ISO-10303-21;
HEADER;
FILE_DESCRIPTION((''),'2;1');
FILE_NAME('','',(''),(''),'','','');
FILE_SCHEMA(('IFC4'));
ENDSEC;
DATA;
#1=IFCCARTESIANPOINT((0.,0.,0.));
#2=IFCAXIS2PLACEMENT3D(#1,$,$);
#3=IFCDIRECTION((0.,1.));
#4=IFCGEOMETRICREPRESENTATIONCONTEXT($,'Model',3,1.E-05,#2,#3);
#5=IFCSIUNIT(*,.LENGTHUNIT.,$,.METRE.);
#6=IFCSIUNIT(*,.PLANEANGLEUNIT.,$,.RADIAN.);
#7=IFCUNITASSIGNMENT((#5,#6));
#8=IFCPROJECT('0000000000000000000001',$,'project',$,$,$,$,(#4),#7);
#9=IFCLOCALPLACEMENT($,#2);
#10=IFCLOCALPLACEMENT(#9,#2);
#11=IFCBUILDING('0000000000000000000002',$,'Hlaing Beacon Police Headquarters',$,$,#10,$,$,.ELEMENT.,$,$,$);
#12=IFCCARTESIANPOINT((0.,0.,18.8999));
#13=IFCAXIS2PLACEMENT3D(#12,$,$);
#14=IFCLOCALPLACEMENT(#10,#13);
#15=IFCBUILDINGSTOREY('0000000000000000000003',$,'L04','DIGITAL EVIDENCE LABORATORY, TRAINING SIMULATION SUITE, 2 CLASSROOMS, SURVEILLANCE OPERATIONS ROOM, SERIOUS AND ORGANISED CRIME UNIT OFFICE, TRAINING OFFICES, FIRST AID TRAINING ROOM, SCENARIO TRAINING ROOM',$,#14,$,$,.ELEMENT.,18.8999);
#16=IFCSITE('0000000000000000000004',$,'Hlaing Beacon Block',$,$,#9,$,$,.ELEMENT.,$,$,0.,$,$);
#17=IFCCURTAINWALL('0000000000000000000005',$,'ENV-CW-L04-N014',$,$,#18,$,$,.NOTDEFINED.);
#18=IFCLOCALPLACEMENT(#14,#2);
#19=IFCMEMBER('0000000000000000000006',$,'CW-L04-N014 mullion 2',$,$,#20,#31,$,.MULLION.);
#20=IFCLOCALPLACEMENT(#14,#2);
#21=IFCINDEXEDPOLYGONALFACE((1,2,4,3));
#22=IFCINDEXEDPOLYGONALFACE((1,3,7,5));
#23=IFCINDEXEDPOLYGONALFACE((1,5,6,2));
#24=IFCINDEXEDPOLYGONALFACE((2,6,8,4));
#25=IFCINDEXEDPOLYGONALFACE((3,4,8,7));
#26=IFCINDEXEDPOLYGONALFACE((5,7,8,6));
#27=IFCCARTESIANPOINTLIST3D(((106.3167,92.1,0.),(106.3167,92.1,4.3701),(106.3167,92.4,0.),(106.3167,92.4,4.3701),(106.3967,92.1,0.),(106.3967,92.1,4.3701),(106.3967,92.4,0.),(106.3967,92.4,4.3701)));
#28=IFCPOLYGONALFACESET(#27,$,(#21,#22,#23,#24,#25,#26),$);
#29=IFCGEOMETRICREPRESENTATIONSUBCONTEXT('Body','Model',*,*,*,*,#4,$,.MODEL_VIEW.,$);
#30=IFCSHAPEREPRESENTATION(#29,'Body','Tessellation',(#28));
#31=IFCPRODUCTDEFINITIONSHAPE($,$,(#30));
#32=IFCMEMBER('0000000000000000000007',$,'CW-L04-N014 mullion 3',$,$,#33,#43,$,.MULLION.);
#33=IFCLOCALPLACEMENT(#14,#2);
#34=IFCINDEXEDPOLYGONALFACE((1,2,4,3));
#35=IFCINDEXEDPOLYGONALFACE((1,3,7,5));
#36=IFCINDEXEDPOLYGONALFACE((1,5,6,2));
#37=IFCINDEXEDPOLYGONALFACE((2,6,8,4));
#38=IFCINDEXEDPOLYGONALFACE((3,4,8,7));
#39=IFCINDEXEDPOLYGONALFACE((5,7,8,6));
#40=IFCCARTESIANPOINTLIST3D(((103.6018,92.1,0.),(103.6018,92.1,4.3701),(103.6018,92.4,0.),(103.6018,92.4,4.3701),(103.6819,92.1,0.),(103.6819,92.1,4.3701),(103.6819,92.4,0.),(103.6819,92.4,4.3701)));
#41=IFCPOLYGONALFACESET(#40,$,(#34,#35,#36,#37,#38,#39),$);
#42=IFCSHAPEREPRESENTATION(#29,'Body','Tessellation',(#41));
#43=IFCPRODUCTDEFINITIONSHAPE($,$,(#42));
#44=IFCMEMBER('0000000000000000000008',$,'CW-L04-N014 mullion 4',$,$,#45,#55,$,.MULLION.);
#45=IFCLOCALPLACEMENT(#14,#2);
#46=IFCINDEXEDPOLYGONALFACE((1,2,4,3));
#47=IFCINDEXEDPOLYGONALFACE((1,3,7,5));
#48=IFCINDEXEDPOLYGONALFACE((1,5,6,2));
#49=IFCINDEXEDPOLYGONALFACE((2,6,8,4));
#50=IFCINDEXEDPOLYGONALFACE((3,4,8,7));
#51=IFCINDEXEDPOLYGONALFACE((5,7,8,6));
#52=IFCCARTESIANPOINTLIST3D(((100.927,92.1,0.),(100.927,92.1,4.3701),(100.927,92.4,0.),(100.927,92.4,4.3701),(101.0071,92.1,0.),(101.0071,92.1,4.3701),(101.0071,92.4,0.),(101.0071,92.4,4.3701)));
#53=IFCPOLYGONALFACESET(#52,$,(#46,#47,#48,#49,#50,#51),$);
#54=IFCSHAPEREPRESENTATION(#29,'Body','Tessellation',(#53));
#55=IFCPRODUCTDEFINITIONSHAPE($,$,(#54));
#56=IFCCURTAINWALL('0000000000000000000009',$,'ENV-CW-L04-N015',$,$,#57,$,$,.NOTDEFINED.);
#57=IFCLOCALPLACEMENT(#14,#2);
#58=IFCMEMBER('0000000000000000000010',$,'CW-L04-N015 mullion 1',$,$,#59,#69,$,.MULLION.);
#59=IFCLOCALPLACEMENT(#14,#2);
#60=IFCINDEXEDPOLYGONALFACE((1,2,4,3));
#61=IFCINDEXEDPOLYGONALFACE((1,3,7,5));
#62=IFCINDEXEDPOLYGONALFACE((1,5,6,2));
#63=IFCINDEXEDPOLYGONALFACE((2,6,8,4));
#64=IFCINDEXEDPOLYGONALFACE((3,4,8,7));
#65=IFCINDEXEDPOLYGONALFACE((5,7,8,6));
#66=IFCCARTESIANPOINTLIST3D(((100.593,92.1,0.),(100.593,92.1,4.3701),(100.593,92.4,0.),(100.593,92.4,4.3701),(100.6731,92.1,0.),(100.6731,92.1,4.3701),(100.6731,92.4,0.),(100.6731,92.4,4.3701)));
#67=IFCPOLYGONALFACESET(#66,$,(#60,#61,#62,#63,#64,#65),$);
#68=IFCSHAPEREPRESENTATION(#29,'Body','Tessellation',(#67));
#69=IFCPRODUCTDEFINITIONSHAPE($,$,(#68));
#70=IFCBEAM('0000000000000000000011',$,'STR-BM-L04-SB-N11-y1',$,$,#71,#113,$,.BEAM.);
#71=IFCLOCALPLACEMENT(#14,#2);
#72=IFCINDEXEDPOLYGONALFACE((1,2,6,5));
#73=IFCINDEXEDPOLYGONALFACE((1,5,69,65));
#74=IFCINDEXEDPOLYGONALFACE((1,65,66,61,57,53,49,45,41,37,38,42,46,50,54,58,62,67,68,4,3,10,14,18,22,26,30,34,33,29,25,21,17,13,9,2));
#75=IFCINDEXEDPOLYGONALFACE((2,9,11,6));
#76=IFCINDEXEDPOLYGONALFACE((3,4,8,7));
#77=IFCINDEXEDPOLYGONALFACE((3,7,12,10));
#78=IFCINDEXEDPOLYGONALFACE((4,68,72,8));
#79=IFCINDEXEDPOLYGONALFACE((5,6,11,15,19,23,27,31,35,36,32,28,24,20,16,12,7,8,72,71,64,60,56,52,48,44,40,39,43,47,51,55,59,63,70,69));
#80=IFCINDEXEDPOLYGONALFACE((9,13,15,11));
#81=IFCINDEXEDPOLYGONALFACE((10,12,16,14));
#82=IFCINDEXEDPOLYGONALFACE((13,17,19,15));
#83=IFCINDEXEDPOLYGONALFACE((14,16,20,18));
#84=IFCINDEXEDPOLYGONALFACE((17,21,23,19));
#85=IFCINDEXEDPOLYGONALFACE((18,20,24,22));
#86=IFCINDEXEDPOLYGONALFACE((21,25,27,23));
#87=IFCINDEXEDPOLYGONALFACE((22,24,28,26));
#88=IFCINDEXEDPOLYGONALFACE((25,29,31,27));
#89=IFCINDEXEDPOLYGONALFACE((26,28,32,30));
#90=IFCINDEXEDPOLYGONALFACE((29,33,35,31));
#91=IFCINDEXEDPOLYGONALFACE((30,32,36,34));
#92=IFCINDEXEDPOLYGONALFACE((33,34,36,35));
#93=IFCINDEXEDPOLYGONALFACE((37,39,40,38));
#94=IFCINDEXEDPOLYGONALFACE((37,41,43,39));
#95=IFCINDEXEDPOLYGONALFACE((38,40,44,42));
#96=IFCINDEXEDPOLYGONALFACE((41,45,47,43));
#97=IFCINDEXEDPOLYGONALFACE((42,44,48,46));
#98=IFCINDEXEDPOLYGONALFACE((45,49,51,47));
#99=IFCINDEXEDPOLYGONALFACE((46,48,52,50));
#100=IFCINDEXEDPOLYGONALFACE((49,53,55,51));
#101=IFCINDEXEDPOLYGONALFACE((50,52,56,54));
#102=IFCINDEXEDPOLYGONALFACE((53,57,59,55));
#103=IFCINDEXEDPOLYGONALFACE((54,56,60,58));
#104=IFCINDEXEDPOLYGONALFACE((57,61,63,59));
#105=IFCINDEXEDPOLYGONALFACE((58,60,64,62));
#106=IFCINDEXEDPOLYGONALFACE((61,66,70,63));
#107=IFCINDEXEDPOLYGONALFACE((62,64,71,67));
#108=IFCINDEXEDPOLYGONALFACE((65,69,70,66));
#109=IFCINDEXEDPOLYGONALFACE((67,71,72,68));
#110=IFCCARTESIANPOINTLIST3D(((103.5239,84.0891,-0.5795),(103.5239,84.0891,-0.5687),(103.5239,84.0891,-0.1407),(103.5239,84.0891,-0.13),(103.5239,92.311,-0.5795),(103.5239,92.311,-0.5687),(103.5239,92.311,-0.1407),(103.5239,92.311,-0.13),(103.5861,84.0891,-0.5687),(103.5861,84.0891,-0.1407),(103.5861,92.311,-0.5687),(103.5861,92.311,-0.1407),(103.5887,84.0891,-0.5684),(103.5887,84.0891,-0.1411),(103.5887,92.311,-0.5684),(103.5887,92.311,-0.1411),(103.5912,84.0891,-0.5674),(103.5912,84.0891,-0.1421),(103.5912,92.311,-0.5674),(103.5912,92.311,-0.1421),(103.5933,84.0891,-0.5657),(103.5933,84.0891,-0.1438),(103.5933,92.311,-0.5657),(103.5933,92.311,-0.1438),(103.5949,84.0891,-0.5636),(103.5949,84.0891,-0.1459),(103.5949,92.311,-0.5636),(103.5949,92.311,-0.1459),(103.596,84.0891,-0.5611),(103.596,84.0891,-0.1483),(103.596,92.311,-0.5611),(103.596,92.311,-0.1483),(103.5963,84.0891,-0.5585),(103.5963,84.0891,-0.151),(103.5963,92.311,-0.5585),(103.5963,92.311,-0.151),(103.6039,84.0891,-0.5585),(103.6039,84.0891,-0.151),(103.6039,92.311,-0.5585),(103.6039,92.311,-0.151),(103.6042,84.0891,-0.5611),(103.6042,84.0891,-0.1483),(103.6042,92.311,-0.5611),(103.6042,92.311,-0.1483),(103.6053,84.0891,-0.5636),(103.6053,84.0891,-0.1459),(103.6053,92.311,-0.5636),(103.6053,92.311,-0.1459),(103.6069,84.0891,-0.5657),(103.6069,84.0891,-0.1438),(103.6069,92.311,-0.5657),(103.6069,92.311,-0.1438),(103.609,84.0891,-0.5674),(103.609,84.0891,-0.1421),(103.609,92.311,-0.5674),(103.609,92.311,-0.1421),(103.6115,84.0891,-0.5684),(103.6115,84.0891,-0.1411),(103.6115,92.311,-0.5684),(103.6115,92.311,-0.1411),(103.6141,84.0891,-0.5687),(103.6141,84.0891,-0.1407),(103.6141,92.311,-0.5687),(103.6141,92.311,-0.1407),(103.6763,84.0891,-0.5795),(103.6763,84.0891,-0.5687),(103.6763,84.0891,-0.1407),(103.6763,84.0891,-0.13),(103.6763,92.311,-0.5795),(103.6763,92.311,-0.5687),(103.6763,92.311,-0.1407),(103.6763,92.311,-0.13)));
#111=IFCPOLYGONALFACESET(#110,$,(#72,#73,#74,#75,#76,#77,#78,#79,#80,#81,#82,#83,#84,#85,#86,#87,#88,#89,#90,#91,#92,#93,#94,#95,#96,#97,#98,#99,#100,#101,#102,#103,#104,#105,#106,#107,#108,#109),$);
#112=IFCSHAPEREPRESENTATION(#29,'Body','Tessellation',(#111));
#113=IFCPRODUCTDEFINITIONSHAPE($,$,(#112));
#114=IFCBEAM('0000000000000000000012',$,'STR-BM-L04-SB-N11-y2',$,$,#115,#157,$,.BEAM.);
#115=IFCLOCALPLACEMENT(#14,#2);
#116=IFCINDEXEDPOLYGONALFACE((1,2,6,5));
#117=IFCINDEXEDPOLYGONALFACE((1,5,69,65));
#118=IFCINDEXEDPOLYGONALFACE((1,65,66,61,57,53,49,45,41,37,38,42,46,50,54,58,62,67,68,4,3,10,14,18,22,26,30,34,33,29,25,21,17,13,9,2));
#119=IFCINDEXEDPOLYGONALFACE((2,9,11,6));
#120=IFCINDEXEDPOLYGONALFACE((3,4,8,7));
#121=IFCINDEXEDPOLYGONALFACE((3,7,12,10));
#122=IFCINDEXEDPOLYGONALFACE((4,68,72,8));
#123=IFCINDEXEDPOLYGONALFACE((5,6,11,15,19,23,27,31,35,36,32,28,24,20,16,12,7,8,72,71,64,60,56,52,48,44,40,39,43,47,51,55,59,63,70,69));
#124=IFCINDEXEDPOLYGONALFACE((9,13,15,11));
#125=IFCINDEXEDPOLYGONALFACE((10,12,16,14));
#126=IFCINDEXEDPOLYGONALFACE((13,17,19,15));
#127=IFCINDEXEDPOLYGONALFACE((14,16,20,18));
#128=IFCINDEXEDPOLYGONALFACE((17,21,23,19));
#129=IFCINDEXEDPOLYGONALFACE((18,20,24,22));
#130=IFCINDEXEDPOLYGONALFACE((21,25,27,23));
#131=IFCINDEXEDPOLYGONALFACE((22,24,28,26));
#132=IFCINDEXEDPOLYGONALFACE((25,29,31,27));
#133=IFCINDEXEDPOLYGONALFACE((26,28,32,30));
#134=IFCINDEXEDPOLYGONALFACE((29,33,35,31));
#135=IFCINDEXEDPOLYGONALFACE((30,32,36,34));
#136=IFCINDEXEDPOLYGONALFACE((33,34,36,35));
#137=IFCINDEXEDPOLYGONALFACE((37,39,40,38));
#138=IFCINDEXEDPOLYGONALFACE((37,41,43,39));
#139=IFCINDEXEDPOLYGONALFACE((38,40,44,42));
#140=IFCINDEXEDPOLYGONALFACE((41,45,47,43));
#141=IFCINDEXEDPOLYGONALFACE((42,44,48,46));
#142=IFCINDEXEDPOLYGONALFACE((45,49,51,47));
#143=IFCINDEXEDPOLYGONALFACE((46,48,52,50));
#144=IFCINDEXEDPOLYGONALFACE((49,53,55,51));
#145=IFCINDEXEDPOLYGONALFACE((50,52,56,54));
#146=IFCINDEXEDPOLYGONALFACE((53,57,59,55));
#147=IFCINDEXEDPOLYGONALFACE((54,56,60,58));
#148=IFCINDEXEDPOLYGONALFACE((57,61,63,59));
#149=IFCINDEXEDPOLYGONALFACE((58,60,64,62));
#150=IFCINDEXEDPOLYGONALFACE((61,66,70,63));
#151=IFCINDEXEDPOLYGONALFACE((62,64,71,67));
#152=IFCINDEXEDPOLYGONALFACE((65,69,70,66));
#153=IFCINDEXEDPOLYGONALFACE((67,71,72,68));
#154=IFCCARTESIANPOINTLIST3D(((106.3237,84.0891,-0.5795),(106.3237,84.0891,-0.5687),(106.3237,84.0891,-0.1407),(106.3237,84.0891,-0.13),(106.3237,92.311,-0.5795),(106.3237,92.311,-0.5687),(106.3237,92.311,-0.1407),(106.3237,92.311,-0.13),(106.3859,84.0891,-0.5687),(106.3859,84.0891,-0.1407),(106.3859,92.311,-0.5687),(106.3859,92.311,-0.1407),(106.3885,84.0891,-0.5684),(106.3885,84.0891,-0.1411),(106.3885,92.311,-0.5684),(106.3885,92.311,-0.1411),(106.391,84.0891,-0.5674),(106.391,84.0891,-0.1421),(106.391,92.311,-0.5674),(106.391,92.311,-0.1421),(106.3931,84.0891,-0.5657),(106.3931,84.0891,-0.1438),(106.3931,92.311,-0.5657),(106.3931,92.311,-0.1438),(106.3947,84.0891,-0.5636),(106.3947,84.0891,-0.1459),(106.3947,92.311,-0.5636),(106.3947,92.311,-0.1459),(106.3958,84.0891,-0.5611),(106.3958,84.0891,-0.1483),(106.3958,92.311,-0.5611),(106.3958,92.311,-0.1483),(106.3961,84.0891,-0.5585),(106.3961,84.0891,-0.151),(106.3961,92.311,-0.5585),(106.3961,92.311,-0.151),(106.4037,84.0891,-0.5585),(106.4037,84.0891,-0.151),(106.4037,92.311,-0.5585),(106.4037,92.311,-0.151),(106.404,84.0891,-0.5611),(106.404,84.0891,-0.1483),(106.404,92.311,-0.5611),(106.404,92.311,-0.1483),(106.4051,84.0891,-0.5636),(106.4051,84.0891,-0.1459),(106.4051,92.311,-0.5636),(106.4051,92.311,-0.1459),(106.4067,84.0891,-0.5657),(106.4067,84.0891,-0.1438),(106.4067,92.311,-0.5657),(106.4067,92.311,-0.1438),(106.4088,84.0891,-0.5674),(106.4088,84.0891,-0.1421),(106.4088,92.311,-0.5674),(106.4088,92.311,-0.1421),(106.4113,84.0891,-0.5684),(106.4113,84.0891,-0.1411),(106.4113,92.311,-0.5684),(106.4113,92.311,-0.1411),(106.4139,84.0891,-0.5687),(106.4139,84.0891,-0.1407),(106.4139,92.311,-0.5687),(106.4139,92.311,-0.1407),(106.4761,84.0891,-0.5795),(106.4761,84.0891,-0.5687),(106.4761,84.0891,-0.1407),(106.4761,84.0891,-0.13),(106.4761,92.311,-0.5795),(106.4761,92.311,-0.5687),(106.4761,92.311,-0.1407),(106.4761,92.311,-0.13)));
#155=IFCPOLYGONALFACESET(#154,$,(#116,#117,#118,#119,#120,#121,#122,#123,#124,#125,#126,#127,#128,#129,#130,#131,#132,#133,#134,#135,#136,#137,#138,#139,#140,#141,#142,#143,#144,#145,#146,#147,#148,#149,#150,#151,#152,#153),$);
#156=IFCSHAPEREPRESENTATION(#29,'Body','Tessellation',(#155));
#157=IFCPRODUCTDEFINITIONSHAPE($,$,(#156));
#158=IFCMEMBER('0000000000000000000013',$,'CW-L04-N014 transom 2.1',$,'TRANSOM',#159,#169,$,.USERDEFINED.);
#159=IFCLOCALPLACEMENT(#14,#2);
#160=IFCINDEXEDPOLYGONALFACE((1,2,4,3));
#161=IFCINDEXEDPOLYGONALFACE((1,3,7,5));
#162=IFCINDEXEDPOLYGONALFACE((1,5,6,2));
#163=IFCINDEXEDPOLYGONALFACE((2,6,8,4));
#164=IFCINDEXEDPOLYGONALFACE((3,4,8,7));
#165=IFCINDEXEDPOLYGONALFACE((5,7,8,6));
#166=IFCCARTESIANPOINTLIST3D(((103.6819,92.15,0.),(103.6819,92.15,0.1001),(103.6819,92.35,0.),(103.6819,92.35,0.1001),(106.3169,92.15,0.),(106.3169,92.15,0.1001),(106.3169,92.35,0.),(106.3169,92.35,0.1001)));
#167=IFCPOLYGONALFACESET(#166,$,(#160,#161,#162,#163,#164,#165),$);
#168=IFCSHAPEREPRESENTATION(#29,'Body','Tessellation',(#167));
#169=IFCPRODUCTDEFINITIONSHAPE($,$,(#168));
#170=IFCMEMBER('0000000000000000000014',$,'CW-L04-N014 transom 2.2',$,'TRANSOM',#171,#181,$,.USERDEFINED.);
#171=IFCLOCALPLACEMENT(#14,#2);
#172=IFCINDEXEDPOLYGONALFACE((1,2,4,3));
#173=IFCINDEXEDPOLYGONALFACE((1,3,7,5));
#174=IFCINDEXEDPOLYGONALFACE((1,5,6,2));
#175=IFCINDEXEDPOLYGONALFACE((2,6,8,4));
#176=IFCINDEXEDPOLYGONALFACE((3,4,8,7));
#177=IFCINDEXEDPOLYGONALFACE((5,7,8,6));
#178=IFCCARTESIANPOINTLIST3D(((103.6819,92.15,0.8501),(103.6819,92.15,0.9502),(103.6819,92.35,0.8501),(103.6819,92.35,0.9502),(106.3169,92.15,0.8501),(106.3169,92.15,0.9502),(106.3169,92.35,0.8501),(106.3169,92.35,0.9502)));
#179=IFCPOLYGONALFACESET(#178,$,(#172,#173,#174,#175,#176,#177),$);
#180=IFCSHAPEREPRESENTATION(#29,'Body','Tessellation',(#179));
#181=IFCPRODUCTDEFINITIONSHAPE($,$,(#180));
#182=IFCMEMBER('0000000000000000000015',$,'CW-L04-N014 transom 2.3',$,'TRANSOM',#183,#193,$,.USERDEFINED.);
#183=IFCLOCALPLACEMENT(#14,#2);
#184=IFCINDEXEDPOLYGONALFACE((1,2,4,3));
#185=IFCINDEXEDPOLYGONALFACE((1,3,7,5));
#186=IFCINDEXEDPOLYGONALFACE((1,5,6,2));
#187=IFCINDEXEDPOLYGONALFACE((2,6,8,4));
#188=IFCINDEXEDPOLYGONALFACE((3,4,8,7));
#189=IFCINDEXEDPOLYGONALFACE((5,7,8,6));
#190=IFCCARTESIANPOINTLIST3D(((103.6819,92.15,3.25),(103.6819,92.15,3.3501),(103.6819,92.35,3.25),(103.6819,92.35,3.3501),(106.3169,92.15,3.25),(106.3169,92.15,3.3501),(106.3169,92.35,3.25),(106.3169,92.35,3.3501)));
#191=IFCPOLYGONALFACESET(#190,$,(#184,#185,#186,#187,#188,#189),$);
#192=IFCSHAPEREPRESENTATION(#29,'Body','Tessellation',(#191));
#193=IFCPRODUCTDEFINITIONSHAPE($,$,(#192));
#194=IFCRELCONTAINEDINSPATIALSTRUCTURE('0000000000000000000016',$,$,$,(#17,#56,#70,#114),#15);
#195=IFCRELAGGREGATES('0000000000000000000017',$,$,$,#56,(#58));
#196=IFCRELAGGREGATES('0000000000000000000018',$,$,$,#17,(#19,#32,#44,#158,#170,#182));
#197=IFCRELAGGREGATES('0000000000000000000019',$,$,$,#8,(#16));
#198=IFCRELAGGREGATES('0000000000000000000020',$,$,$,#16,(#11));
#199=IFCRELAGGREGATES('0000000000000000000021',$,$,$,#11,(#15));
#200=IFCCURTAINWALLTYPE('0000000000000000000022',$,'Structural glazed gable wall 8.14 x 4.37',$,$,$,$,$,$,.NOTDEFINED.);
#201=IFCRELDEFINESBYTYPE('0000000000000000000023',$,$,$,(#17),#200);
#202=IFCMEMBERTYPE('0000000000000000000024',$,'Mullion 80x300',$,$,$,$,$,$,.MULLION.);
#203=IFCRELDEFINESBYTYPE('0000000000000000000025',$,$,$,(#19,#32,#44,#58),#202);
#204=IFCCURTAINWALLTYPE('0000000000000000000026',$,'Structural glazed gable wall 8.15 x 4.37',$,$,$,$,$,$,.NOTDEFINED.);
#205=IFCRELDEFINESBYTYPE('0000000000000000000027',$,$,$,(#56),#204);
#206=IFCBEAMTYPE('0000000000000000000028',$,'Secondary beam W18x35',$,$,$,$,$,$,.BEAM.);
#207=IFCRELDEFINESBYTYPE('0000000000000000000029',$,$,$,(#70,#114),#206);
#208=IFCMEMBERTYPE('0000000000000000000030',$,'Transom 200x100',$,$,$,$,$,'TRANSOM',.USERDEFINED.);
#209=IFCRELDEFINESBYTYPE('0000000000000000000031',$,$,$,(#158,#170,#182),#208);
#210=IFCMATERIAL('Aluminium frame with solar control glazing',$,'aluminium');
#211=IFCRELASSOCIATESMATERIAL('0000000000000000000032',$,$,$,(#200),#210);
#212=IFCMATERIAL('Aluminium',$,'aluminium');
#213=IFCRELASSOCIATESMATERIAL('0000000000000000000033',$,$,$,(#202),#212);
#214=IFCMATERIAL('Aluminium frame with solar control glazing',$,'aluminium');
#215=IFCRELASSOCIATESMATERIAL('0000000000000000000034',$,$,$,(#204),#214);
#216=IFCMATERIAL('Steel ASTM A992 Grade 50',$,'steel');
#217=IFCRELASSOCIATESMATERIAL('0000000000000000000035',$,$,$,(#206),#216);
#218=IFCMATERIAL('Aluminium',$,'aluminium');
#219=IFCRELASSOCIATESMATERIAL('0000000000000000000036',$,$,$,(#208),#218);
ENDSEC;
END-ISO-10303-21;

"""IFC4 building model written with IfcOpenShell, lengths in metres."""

from ifc_helpers import new_model, si_unit, direction, frame, origin, origin_2d, place, context, subcontext, project, spatial, rectangle, i_section, extrude, material, material_profile, profile_set, type_object, element, aggregate, save


model = new_model("IFC4")

# Units and contexts
model_context = context("Model", 3, precision=1e-05, world=origin(), true_north=direction((0.0, 1.0)))
body_context = subcontext(model_context, "Body", "Model", "MODEL_VIEW")
ifc_project = project(units=[si_unit("LENGTHUNIT", "METRE"), si_unit("PLANEANGLEUNIT", "RADIAN")], contexts=[model_context])

# Site, building, storey
site_placement = place(None, origin())
site = spatial("IfcSite", under=ifc_project, at=site_placement, Name="Hlaing Beacon Block", CompositionType="ELEMENT", RefElevation=0.0)
building_placement = place(site_placement, origin())
building = spatial("IfcBuilding", under=site, at=building_placement, Name="Hlaing Beacon Police Headquarters", CompositionType="ELEMENT")
storey_placement = place(building_placement, frame((0.0, 0.0, 18.8999)))
storey = spatial("IfcBuildingStorey", under=building, at=storey_placement, Name="L04", Description="DIGITAL EVIDENCE LABORATORY, TRAINING SIMULATION SUITE, 2 CLASSROOMS, SURVEILLANCE OPERATIONS ROOM, SERIOUS AND ORGANISED CRIME UNIT OFFICE, TRAINING OFFICES, FIRST AID TRAINING ROOM, SCENARIO TRAINING ROOM", CompositionType="ELEMENT", Elevation=18.8999)

# Curtain wall, members
ifc_material_1 = material(Name="Aluminium frame with solar control glazing", Category="aluminium")
curtain_wall_type_1 = type_object("IfcCurtainWallType", Name="Structural glazed gable wall 8.14 x 4.37", PredefinedType="NOTDEFINED", material=ifc_material_1)
curtain_wall_1_placement = place(storey_placement, origin())
curtain_wall_1 = element("IfcCurtainWall", 1, at=curtain_wall_1_placement, inside=storey, type_object=curtain_wall_type_1, Name="ENV-CW-L04-N014", PredefinedType="NOTDEFINED")
ifc_material_2 = material(Name="Aluminium", Category="aluminium")
ifc_material_profile_1 = material_profile(ifc_material_2, rectangle(XDim=0.3, YDim=0.0801, at=origin_2d()), Name="Mullion 80x300")
ifc_profile_set_1 = profile_set([ifc_material_profile_1], Name="Aluminium")
member_type_1 = type_object("IfcMemberType", Name="Mullion 80x300", PredefinedType="MULLION", material=ifc_profile_set_1)
member_1_placement = place(storey_placement, frame((106.3567, 92.25, 0.0), z_axis=(0.0, 0.0, 1.0), x_axis=(0.0, -1.0, 0.0)))
member_1 = element("IfcMember", 2, at=member_1_placement, type_object=member_type_1, Name="CW-L04-N014 mullion 2", PredefinedType="MULLION", context=body_context, shape_type="SweptSolid", body=[
    extrude(rectangle(XDim=0.3, YDim=0.0801, at=origin_2d()), origin(), (0.0, 0.0, 1.0), 4.3701),
])
member_2_placement = place(storey_placement, frame((103.6418, 92.25, 0.0), z_axis=(0.0, 0.0, 1.0), x_axis=(0.0, -1.0, 0.0)))
member_2 = element("IfcMember", 3, at=member_2_placement, type_object=member_type_1, Name="CW-L04-N014 mullion 3", PredefinedType="MULLION", context=body_context, shape_type="SweptSolid", body=[
    extrude(rectangle(XDim=0.3, YDim=0.0801, at=origin_2d()), origin(), (0.0, 0.0, 1.0), 4.3701),
])
member_3_placement = place(storey_placement, frame((100.967, 92.25, 0.0), z_axis=(0.0, 0.0, 1.0), x_axis=(0.0, -1.0, 0.0)))
member_3 = element("IfcMember", 4, at=member_3_placement, type_object=member_type_1, Name="CW-L04-N014 mullion 4", PredefinedType="MULLION", context=body_context, shape_type="SweptSolid", body=[
    extrude(rectangle(XDim=0.3, YDim=0.0801, at=origin_2d()), origin(), (0.0, 0.0, 1.0), 4.3701),
])

# Curtain wall, member
ifc_material_3 = material(Name="Aluminium frame with solar control glazing", Category="aluminium")
curtain_wall_type_2 = type_object("IfcCurtainWallType", Name="Structural glazed gable wall 8.15 x 4.37", PredefinedType="NOTDEFINED", material=ifc_material_3)
curtain_wall_2_placement = place(storey_placement, origin())
curtain_wall_2 = element("IfcCurtainWall", 5, at=curtain_wall_2_placement, inside=storey, type_object=curtain_wall_type_2, Name="ENV-CW-L04-N015", PredefinedType="NOTDEFINED")
member_4_placement = place(storey_placement, frame((100.6331, 92.25, 0.0), z_axis=(0.0, 0.0, 1.0), x_axis=(0.0, -1.0, 0.0)))
member_4 = element("IfcMember", 6, at=member_4_placement, type_object=member_type_1, Name="CW-L04-N015 mullion 1", PredefinedType="MULLION", context=body_context, shape_type="SweptSolid", body=[
    extrude(rectangle(XDim=0.3, YDim=0.0801, at=origin_2d()), origin(), (0.0, 0.0, 1.0), 4.3701),
])

# Beams
ifc_material_4 = material(Name="Steel ASTM A992 Grade 50", Category="steel")
ifc_material_profile_2 = material_profile(ifc_material_4, i_section(OverallWidth=0.1523, OverallDepth=0.4495, WebThickness=0.0076, FlangeThickness=0.0107, FilletRadius=0.0103, at=origin_2d()), Name="W18x35")
ifc_profile_set_2 = profile_set([ifc_material_profile_2], Name="Steel ASTM A992 Grade 50")
beam_type_1 = type_object("IfcBeamType", Name="Secondary beam W18x35", PredefinedType="BEAM", material=ifc_profile_set_2)
for number, where, z_axis, x_axis, name in (
    (7, (103.6001, 84.0891, -0.3547), (0.0, 1.0, 0.0), (-1.0, 0.0, 0.0), "STR-BM-L04-SB-N11-y1"),
    (8, (106.3999, 84.0891, -0.3547), (0.0, 1.0, 0.0), (-1.0, 0.0, 0.0), "STR-BM-L04-SB-N11-y2"),
):
    element("IfcBeam", number, at=place(storey_placement, frame(where, z_axis=z_axis, x_axis=x_axis)), inside=storey, type_object=beam_type_1, Name=name, PredefinedType="BEAM", context=body_context, shape_type="SweptSolid", body=[
        extrude(i_section(OverallWidth=0.1523, OverallDepth=0.4495, WebThickness=0.0076, FlangeThickness=0.0107, FilletRadius=0.0103, at=origin_2d()), origin(), (0.0, 0.0, 1.0), 8.2219),
    ])

# Members
ifc_material_5 = material(Name="Aluminium", Category="aluminium")
ifc_material_profile_3 = material_profile(ifc_material_5, rectangle(XDim=0.2, YDim=0.1001, at=origin_2d()), Name="Transom 200x100")
ifc_profile_set_3 = profile_set([ifc_material_profile_3], Name="Aluminium")
member_type_2 = type_object("IfcMemberType", Name="Transom 200x100", ElementType="TRANSOM", PredefinedType="USERDEFINED", material=ifc_profile_set_3)
member_5_placement = place(storey_placement, frame((106.3169, 92.25, 0.05), z_axis=(-1.0, 0.0, 0.0), x_axis=(0.0, -1.0, 0.0)))
member_5 = element("IfcMember", 9, at=member_5_placement, type_object=member_type_2, Name="CW-L04-N014 transom 2.1", ObjectType="TRANSOM", PredefinedType="USERDEFINED", context=body_context, shape_type="SweptSolid", body=[
    extrude(rectangle(XDim=0.2, YDim=0.1001, at=origin_2d()), origin(), (0.0, 0.0, 1.0), 2.635),
])
member_6_placement = place(storey_placement, frame((106.3169, 92.25, 0.9001), z_axis=(-1.0, 0.0, 0.0), x_axis=(0.0, -1.0, 0.0)))
member_6 = element("IfcMember", 10, at=member_6_placement, type_object=member_type_2, Name="CW-L04-N014 transom 2.2", ObjectType="TRANSOM", PredefinedType="USERDEFINED", context=body_context, shape_type="SweptSolid", body=[
    extrude(rectangle(XDim=0.2, YDim=0.1001, at=origin_2d()), origin(), (0.0, 0.0, 1.0), 2.635),
])
member_7_placement = place(storey_placement, frame((106.3169, 92.25, 3.3), z_axis=(-1.0, 0.0, 0.0), x_axis=(0.0, -1.0, 0.0)))
member_7 = element("IfcMember", 11, at=member_7_placement, type_object=member_type_2, Name="CW-L04-N014 transom 2.3", ObjectType="TRANSOM", PredefinedType="USERDEFINED", context=body_context, shape_type="SweptSolid", body=[
    extrude(rectangle(XDim=0.2, YDim=0.1001, at=origin_2d()), origin(), (0.0, 0.0, 1.0), 2.635),
])
aggregate(curtain_wall_2, [member_4])

aggregate(curtain_wall_1, [member_1, member_2, member_3, member_5, member_6, member_7])

save(model, "model.ifc")
